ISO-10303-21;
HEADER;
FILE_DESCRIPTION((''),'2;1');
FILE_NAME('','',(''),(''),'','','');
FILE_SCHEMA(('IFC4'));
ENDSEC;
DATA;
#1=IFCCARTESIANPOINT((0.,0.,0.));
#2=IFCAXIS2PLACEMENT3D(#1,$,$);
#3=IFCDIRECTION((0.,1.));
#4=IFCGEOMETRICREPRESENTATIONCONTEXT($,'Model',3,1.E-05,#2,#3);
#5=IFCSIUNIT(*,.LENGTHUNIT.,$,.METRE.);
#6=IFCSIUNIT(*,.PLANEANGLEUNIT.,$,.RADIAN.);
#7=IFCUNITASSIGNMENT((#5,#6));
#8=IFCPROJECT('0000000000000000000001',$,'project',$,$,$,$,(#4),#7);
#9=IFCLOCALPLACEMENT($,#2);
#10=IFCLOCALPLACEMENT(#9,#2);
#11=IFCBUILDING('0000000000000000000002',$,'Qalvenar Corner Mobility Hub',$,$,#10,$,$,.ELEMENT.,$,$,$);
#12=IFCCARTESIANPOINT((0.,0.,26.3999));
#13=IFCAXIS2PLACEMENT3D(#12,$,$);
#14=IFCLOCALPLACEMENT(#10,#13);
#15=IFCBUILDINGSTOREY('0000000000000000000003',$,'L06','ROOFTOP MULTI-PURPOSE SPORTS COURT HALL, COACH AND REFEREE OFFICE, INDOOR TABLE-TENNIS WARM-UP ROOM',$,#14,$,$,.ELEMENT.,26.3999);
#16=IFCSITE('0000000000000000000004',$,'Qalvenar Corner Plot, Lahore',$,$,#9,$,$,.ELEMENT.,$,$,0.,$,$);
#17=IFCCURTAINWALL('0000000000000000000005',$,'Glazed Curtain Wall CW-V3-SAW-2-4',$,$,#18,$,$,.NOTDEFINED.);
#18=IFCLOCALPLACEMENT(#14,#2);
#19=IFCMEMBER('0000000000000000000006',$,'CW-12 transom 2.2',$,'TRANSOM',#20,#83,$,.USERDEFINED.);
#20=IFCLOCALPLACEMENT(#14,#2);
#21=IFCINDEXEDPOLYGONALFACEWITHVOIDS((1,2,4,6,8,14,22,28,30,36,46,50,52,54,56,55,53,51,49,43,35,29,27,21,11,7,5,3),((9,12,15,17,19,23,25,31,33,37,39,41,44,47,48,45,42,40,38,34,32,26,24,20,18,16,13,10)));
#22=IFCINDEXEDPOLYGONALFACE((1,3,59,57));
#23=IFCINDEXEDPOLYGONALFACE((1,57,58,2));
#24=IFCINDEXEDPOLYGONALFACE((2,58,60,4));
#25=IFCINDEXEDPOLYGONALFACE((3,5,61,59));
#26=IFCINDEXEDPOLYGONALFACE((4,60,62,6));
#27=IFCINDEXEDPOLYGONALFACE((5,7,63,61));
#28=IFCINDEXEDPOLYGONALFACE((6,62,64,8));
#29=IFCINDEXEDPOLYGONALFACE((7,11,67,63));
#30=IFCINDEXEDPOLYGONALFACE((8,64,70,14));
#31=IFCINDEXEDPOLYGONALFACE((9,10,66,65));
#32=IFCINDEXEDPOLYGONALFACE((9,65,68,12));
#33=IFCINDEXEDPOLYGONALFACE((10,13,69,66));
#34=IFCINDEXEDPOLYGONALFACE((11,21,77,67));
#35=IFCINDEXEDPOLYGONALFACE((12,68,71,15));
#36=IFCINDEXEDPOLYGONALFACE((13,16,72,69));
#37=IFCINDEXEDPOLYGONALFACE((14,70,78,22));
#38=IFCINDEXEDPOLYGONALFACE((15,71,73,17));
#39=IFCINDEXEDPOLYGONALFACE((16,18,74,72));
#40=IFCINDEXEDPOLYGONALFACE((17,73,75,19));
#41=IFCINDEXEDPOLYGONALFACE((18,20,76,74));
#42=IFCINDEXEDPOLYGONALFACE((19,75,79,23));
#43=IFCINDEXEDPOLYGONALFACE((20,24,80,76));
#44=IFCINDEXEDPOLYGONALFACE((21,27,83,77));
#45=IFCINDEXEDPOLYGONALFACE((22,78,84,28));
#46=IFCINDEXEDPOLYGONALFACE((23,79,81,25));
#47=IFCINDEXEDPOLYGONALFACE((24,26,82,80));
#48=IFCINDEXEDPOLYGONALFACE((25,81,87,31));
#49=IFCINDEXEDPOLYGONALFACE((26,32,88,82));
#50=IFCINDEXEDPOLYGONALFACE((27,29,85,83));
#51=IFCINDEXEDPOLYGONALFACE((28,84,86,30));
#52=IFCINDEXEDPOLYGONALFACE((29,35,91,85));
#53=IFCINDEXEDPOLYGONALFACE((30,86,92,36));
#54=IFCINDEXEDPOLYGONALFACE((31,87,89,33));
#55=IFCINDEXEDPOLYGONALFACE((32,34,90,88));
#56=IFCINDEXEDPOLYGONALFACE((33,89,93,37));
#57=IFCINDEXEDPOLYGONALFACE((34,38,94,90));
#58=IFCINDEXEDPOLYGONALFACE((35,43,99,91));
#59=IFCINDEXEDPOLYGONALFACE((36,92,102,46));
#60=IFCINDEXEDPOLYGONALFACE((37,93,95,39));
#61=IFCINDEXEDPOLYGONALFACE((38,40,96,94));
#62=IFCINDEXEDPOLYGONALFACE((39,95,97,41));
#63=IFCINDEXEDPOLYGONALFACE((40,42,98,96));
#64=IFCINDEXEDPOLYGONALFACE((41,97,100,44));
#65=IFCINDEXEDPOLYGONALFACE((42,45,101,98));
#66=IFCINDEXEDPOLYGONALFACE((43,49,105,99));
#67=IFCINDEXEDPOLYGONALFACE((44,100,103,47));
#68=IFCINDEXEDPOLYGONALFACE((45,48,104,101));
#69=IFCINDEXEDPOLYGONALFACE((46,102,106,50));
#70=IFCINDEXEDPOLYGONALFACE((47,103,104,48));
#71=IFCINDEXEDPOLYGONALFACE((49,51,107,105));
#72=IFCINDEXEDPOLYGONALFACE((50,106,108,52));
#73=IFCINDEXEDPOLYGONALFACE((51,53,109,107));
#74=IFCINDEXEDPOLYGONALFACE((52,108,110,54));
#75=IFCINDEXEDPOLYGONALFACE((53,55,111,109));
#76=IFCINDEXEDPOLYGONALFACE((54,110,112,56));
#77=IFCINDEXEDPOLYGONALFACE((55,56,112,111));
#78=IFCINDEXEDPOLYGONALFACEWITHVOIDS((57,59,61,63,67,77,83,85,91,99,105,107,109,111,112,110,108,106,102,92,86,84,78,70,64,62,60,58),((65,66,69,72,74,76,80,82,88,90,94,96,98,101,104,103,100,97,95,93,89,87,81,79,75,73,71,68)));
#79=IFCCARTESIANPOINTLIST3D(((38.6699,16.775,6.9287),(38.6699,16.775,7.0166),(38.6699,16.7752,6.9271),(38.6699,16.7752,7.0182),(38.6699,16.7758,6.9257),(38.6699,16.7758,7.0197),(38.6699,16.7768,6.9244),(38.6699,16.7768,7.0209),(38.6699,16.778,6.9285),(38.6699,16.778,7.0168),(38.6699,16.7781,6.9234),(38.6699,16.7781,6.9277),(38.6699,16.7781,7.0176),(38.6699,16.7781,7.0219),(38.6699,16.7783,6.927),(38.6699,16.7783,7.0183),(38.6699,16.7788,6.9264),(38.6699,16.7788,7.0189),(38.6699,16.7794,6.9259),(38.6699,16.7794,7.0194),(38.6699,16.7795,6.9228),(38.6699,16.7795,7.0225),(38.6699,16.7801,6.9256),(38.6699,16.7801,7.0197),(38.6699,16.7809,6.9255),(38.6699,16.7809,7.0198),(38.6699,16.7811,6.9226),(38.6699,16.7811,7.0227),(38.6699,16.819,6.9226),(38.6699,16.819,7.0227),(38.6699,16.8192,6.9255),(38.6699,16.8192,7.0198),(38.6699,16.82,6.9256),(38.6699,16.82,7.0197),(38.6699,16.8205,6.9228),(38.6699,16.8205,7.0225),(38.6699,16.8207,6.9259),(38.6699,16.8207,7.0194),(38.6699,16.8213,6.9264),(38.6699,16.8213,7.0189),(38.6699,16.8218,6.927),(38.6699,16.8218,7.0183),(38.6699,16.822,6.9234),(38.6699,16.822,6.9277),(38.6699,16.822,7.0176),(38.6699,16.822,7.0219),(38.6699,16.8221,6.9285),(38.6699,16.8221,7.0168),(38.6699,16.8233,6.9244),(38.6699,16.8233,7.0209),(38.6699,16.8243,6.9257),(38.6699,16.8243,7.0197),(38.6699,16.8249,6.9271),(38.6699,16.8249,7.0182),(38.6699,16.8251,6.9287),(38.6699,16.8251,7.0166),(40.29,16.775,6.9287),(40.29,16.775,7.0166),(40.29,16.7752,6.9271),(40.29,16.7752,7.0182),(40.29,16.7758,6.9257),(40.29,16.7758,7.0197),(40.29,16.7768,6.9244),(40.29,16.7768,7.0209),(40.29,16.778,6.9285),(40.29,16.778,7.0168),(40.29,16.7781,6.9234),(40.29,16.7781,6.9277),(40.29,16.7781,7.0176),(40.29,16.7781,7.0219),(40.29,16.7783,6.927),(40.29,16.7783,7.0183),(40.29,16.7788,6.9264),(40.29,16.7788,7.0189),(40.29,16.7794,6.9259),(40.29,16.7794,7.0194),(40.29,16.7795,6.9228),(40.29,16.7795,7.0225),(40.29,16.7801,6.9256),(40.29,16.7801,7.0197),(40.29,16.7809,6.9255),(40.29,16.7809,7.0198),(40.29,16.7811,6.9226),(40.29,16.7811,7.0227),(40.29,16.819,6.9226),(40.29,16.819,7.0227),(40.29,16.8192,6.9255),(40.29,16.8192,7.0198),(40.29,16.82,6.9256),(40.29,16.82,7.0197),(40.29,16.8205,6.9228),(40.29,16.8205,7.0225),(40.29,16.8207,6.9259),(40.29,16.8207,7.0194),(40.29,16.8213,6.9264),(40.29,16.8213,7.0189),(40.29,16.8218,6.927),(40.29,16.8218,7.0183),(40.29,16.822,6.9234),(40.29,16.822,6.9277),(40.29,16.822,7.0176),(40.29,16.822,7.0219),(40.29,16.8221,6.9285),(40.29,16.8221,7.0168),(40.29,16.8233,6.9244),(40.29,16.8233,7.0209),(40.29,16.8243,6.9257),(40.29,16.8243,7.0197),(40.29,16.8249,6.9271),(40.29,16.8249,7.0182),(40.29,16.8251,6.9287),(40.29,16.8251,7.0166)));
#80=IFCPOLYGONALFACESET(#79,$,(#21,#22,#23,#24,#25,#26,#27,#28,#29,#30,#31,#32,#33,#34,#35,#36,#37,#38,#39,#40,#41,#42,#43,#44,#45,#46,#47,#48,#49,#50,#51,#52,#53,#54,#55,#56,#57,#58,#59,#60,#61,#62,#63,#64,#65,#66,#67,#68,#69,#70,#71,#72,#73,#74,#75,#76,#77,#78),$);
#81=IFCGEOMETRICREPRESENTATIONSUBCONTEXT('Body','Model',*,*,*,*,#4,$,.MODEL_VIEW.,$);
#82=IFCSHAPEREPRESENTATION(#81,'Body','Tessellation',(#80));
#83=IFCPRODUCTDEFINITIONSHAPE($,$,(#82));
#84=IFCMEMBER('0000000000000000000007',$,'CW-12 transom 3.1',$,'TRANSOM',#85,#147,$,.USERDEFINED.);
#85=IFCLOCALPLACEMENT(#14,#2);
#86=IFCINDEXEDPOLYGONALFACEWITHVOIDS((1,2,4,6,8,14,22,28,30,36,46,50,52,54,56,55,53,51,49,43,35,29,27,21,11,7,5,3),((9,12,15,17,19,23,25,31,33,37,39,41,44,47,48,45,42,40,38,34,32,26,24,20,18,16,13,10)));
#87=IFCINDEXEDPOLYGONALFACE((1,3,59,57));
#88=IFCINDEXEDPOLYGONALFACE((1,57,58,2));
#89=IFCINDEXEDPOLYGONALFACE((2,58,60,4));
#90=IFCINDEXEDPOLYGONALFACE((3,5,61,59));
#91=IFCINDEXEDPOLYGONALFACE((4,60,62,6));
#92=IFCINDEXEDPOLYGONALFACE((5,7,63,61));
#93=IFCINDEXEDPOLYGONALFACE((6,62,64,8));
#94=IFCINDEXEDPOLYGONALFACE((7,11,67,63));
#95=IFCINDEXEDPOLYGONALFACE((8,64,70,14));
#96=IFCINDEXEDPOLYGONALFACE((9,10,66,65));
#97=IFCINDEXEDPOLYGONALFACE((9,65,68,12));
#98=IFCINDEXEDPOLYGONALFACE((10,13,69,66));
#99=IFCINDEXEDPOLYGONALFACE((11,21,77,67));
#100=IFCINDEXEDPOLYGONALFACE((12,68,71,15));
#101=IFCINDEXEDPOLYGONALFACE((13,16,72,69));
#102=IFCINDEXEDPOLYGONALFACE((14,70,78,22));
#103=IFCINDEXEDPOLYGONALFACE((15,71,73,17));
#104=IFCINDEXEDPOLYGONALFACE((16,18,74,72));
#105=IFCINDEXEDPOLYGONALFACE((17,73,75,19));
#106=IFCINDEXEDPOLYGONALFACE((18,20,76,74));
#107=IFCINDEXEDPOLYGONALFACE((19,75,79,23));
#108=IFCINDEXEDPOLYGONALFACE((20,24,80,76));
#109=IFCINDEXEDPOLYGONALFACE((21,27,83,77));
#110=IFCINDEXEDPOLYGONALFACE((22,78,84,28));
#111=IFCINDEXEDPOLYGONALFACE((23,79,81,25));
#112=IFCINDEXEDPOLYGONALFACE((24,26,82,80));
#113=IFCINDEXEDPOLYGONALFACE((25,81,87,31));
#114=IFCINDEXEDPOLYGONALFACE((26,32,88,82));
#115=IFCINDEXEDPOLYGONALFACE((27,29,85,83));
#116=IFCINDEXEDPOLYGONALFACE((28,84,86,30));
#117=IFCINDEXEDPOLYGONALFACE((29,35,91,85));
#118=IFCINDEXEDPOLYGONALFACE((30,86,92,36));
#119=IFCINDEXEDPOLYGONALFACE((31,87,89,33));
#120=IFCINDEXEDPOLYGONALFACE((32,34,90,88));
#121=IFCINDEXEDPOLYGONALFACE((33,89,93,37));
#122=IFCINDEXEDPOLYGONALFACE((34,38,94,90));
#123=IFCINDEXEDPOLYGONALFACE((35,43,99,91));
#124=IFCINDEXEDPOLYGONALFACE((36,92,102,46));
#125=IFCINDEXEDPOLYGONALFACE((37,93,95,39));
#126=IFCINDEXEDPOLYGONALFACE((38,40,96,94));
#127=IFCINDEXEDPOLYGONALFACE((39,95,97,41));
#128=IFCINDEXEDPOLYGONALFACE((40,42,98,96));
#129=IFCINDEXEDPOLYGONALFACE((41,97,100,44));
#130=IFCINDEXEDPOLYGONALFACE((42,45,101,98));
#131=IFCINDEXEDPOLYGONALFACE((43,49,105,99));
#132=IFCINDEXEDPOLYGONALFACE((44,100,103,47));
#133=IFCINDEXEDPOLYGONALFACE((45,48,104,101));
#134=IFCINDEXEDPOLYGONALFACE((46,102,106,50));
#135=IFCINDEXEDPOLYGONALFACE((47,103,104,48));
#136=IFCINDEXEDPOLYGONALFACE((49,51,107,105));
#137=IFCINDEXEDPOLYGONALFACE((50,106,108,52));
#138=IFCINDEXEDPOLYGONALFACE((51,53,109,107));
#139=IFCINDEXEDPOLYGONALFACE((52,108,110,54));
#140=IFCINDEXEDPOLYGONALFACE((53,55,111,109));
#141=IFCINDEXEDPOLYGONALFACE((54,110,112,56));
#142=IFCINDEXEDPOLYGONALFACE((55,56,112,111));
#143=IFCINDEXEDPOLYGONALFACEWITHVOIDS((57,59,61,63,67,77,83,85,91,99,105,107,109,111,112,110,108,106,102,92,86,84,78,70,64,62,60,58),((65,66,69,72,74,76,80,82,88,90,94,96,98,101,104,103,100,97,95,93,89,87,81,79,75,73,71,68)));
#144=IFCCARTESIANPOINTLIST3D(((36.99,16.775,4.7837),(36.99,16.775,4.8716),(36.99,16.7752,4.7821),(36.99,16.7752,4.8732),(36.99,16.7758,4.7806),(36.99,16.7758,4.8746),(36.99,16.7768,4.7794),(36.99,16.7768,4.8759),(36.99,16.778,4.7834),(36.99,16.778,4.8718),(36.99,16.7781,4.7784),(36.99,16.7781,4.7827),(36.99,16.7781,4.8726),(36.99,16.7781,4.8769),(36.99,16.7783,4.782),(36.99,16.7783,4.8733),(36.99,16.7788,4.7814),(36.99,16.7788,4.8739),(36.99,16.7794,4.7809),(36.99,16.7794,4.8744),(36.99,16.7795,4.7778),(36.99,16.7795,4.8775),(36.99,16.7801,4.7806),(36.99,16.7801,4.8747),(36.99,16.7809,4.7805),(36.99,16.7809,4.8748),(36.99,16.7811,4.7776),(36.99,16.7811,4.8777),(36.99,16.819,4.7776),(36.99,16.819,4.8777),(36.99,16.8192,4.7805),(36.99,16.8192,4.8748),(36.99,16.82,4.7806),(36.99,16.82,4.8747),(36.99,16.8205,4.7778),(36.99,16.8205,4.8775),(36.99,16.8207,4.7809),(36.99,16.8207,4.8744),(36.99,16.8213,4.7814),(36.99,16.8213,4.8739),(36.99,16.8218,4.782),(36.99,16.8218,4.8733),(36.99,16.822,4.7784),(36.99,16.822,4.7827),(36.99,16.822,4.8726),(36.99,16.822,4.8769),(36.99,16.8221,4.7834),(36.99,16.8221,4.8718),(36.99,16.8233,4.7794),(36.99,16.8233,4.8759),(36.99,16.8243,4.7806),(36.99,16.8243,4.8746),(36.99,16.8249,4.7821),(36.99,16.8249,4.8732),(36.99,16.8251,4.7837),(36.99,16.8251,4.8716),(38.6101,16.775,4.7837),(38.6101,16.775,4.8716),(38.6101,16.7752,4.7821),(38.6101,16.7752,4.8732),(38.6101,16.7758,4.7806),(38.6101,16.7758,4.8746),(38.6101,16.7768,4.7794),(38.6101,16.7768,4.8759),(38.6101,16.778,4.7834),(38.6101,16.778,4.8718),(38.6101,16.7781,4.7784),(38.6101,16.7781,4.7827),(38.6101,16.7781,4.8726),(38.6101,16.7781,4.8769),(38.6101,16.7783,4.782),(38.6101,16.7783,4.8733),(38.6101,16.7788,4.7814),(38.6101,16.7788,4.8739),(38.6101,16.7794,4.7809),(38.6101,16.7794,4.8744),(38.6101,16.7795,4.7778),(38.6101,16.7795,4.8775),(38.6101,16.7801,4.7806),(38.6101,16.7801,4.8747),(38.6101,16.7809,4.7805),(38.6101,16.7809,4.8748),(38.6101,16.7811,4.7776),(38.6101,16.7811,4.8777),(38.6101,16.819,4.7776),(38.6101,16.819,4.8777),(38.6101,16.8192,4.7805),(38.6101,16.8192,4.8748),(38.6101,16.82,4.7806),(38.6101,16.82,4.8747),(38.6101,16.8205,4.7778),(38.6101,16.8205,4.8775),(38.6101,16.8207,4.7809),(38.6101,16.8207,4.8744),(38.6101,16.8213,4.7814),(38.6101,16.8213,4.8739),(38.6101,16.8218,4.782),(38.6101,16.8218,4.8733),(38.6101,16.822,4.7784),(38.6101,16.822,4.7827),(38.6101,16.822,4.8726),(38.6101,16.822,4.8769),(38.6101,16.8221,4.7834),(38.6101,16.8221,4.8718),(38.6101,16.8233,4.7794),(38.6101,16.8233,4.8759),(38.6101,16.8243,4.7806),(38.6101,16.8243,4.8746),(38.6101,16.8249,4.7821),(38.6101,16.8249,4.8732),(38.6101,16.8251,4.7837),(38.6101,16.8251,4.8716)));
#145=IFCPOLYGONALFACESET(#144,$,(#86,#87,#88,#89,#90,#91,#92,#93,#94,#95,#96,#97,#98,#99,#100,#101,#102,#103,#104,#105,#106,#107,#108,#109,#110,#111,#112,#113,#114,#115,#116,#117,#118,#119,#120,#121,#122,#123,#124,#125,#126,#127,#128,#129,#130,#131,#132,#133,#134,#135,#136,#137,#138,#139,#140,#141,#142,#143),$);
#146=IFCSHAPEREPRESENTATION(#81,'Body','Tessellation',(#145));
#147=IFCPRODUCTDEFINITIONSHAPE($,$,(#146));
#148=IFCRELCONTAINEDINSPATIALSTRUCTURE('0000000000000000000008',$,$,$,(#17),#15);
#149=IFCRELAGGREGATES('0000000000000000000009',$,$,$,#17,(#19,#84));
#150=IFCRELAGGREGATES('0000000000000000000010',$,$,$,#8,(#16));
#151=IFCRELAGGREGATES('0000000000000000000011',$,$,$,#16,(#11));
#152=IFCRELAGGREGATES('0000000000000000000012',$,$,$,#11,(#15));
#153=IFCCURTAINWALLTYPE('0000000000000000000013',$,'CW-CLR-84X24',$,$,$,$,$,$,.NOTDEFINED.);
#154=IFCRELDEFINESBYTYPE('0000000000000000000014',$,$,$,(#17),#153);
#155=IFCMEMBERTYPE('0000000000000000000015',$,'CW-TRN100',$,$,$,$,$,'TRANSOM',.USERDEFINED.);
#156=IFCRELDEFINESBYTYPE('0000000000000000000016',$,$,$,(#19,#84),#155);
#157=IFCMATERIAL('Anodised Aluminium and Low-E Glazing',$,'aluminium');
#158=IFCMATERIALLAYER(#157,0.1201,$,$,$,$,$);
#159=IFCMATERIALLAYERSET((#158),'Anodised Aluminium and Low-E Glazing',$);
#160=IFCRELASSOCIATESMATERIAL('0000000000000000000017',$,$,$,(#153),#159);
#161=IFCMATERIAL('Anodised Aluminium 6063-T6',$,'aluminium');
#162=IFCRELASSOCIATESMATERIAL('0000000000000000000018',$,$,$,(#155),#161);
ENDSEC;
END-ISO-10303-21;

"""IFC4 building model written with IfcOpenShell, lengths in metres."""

from ifc_helpers import new_model, si_unit, direction, frame, origin, origin_2d, place, context, subcontext, project, spatial, hollow_rectangle, extrude, material, layer, layer_set, material_profile, profile_set, type_object, element, aggregate, save


model = new_model("IFC4")

# Units and contexts
model_context = context("Model", 3, precision=1e-05, world=origin(), true_north=direction((0.0, 1.0)))
body_context = subcontext(model_context, "Body", "Model", "MODEL_VIEW")
ifc_project = project(units=[si_unit("LENGTHUNIT", "METRE"), si_unit("PLANEANGLEUNIT", "RADIAN")], contexts=[model_context])

# Site, building, storey
site_placement = place(None, origin())
site = spatial("IfcSite", under=ifc_project, at=site_placement, Name="Qalvenar Corner Plot, Lahore", CompositionType="ELEMENT", RefElevation=0.0)
building_placement = place(site_placement, origin())
building = spatial("IfcBuilding", under=site, at=building_placement, Name="Qalvenar Corner Mobility Hub", CompositionType="ELEMENT")
storey_placement = place(building_placement, frame((0.0, 0.0, 26.3999)))
storey = spatial("IfcBuildingStorey", under=building, at=storey_placement, Name="L06", Description="ROOFTOP MULTI-PURPOSE SPORTS COURT HALL, COACH AND REFEREE OFFICE, INDOOR TABLE-TENNIS WARM-UP ROOM", CompositionType="ELEMENT", Elevation=26.3999)

# Curtain wall
ifc_material_1 = material(Name="Anodised Aluminium and Low-E Glazing", Category="aluminium")
ifc_layer_1 = layer(ifc_material_1, 0.1201)
ifc_layer_set_1 = layer_set([ifc_layer_1], Name="Anodised Aluminium and Low-E Glazing")
curtain_wall_type = type_object("IfcCurtainWallType", Name="CW-CLR-84X24", PredefinedType="NOTDEFINED", material=ifc_layer_set_1)
curtain_wall_1_placement = place(storey_placement, origin())
curtain_wall_1 = element("IfcCurtainWall", 1, at=curtain_wall_1_placement, inside=storey, type_object=curtain_wall_type, Name="Glazed Curtain Wall CW-V3-SAW-2-4", PredefinedType="NOTDEFINED")
ifc_material_2 = material(Name="Anodised Aluminium 6063-T6", Category="aluminium")

# Members
ifc_material_profile_1 = material_profile(ifc_material_2, hollow_rectangle(XDim=0.05, YDim=0.1001, WallThickness=0.0029, InnerFilletRadius=0.0029, OuterFilletRadius=0.0061, at=origin_2d()), Name="RHS100x50x3")
ifc_profile_set_1 = profile_set([ifc_material_profile_1], Name="Anodised Aluminium 6063-T6")
member_type_1 = type_object("IfcMemberType", Name="CW-TRN100", ElementType="TRANSOM", PredefinedType="USERDEFINED", material=ifc_profile_set_1)
member_1_placement = place(storey_placement, frame((40.29, 16.8, 6.9727), z_axis=(-1.0, 0.0, 0.0), x_axis=(0.0, -1.0, 0.0)))
member_1 = element("IfcMember", 2, at=member_1_placement, type_object=member_type_1, Name="CW-12 transom 2.2", ObjectType="TRANSOM", PredefinedType="USERDEFINED", context=body_context, shape_type="SweptSolid", body=[
    extrude(hollow_rectangle(XDim=0.05, YDim=0.1001, WallThickness=0.0029, InnerFilletRadius=0.0029, OuterFilletRadius=0.0061, at=origin_2d()), origin(), (0.0, 0.0, 1.0), 1.6201),
])
member_2_placement = place(storey_placement, frame((38.6101, 16.8, 4.8276), z_axis=(-1.0, 0.0, 0.0), x_axis=(0.0, -1.0, 0.0)))
member_2 = element("IfcMember", 3, at=member_2_placement, type_object=member_type_1, Name="CW-12 transom 3.1", ObjectType="TRANSOM", PredefinedType="USERDEFINED", context=body_context, shape_type="SweptSolid", body=[
    extrude(hollow_rectangle(XDim=0.05, YDim=0.1001, WallThickness=0.0029, InnerFilletRadius=0.0029, OuterFilletRadius=0.0061, at=origin_2d()), origin(), (0.0, 0.0, 1.0), 1.6201),
])

aggregate(curtain_wall_1, [member_1, member_2])

save(model, "model.ifc")
